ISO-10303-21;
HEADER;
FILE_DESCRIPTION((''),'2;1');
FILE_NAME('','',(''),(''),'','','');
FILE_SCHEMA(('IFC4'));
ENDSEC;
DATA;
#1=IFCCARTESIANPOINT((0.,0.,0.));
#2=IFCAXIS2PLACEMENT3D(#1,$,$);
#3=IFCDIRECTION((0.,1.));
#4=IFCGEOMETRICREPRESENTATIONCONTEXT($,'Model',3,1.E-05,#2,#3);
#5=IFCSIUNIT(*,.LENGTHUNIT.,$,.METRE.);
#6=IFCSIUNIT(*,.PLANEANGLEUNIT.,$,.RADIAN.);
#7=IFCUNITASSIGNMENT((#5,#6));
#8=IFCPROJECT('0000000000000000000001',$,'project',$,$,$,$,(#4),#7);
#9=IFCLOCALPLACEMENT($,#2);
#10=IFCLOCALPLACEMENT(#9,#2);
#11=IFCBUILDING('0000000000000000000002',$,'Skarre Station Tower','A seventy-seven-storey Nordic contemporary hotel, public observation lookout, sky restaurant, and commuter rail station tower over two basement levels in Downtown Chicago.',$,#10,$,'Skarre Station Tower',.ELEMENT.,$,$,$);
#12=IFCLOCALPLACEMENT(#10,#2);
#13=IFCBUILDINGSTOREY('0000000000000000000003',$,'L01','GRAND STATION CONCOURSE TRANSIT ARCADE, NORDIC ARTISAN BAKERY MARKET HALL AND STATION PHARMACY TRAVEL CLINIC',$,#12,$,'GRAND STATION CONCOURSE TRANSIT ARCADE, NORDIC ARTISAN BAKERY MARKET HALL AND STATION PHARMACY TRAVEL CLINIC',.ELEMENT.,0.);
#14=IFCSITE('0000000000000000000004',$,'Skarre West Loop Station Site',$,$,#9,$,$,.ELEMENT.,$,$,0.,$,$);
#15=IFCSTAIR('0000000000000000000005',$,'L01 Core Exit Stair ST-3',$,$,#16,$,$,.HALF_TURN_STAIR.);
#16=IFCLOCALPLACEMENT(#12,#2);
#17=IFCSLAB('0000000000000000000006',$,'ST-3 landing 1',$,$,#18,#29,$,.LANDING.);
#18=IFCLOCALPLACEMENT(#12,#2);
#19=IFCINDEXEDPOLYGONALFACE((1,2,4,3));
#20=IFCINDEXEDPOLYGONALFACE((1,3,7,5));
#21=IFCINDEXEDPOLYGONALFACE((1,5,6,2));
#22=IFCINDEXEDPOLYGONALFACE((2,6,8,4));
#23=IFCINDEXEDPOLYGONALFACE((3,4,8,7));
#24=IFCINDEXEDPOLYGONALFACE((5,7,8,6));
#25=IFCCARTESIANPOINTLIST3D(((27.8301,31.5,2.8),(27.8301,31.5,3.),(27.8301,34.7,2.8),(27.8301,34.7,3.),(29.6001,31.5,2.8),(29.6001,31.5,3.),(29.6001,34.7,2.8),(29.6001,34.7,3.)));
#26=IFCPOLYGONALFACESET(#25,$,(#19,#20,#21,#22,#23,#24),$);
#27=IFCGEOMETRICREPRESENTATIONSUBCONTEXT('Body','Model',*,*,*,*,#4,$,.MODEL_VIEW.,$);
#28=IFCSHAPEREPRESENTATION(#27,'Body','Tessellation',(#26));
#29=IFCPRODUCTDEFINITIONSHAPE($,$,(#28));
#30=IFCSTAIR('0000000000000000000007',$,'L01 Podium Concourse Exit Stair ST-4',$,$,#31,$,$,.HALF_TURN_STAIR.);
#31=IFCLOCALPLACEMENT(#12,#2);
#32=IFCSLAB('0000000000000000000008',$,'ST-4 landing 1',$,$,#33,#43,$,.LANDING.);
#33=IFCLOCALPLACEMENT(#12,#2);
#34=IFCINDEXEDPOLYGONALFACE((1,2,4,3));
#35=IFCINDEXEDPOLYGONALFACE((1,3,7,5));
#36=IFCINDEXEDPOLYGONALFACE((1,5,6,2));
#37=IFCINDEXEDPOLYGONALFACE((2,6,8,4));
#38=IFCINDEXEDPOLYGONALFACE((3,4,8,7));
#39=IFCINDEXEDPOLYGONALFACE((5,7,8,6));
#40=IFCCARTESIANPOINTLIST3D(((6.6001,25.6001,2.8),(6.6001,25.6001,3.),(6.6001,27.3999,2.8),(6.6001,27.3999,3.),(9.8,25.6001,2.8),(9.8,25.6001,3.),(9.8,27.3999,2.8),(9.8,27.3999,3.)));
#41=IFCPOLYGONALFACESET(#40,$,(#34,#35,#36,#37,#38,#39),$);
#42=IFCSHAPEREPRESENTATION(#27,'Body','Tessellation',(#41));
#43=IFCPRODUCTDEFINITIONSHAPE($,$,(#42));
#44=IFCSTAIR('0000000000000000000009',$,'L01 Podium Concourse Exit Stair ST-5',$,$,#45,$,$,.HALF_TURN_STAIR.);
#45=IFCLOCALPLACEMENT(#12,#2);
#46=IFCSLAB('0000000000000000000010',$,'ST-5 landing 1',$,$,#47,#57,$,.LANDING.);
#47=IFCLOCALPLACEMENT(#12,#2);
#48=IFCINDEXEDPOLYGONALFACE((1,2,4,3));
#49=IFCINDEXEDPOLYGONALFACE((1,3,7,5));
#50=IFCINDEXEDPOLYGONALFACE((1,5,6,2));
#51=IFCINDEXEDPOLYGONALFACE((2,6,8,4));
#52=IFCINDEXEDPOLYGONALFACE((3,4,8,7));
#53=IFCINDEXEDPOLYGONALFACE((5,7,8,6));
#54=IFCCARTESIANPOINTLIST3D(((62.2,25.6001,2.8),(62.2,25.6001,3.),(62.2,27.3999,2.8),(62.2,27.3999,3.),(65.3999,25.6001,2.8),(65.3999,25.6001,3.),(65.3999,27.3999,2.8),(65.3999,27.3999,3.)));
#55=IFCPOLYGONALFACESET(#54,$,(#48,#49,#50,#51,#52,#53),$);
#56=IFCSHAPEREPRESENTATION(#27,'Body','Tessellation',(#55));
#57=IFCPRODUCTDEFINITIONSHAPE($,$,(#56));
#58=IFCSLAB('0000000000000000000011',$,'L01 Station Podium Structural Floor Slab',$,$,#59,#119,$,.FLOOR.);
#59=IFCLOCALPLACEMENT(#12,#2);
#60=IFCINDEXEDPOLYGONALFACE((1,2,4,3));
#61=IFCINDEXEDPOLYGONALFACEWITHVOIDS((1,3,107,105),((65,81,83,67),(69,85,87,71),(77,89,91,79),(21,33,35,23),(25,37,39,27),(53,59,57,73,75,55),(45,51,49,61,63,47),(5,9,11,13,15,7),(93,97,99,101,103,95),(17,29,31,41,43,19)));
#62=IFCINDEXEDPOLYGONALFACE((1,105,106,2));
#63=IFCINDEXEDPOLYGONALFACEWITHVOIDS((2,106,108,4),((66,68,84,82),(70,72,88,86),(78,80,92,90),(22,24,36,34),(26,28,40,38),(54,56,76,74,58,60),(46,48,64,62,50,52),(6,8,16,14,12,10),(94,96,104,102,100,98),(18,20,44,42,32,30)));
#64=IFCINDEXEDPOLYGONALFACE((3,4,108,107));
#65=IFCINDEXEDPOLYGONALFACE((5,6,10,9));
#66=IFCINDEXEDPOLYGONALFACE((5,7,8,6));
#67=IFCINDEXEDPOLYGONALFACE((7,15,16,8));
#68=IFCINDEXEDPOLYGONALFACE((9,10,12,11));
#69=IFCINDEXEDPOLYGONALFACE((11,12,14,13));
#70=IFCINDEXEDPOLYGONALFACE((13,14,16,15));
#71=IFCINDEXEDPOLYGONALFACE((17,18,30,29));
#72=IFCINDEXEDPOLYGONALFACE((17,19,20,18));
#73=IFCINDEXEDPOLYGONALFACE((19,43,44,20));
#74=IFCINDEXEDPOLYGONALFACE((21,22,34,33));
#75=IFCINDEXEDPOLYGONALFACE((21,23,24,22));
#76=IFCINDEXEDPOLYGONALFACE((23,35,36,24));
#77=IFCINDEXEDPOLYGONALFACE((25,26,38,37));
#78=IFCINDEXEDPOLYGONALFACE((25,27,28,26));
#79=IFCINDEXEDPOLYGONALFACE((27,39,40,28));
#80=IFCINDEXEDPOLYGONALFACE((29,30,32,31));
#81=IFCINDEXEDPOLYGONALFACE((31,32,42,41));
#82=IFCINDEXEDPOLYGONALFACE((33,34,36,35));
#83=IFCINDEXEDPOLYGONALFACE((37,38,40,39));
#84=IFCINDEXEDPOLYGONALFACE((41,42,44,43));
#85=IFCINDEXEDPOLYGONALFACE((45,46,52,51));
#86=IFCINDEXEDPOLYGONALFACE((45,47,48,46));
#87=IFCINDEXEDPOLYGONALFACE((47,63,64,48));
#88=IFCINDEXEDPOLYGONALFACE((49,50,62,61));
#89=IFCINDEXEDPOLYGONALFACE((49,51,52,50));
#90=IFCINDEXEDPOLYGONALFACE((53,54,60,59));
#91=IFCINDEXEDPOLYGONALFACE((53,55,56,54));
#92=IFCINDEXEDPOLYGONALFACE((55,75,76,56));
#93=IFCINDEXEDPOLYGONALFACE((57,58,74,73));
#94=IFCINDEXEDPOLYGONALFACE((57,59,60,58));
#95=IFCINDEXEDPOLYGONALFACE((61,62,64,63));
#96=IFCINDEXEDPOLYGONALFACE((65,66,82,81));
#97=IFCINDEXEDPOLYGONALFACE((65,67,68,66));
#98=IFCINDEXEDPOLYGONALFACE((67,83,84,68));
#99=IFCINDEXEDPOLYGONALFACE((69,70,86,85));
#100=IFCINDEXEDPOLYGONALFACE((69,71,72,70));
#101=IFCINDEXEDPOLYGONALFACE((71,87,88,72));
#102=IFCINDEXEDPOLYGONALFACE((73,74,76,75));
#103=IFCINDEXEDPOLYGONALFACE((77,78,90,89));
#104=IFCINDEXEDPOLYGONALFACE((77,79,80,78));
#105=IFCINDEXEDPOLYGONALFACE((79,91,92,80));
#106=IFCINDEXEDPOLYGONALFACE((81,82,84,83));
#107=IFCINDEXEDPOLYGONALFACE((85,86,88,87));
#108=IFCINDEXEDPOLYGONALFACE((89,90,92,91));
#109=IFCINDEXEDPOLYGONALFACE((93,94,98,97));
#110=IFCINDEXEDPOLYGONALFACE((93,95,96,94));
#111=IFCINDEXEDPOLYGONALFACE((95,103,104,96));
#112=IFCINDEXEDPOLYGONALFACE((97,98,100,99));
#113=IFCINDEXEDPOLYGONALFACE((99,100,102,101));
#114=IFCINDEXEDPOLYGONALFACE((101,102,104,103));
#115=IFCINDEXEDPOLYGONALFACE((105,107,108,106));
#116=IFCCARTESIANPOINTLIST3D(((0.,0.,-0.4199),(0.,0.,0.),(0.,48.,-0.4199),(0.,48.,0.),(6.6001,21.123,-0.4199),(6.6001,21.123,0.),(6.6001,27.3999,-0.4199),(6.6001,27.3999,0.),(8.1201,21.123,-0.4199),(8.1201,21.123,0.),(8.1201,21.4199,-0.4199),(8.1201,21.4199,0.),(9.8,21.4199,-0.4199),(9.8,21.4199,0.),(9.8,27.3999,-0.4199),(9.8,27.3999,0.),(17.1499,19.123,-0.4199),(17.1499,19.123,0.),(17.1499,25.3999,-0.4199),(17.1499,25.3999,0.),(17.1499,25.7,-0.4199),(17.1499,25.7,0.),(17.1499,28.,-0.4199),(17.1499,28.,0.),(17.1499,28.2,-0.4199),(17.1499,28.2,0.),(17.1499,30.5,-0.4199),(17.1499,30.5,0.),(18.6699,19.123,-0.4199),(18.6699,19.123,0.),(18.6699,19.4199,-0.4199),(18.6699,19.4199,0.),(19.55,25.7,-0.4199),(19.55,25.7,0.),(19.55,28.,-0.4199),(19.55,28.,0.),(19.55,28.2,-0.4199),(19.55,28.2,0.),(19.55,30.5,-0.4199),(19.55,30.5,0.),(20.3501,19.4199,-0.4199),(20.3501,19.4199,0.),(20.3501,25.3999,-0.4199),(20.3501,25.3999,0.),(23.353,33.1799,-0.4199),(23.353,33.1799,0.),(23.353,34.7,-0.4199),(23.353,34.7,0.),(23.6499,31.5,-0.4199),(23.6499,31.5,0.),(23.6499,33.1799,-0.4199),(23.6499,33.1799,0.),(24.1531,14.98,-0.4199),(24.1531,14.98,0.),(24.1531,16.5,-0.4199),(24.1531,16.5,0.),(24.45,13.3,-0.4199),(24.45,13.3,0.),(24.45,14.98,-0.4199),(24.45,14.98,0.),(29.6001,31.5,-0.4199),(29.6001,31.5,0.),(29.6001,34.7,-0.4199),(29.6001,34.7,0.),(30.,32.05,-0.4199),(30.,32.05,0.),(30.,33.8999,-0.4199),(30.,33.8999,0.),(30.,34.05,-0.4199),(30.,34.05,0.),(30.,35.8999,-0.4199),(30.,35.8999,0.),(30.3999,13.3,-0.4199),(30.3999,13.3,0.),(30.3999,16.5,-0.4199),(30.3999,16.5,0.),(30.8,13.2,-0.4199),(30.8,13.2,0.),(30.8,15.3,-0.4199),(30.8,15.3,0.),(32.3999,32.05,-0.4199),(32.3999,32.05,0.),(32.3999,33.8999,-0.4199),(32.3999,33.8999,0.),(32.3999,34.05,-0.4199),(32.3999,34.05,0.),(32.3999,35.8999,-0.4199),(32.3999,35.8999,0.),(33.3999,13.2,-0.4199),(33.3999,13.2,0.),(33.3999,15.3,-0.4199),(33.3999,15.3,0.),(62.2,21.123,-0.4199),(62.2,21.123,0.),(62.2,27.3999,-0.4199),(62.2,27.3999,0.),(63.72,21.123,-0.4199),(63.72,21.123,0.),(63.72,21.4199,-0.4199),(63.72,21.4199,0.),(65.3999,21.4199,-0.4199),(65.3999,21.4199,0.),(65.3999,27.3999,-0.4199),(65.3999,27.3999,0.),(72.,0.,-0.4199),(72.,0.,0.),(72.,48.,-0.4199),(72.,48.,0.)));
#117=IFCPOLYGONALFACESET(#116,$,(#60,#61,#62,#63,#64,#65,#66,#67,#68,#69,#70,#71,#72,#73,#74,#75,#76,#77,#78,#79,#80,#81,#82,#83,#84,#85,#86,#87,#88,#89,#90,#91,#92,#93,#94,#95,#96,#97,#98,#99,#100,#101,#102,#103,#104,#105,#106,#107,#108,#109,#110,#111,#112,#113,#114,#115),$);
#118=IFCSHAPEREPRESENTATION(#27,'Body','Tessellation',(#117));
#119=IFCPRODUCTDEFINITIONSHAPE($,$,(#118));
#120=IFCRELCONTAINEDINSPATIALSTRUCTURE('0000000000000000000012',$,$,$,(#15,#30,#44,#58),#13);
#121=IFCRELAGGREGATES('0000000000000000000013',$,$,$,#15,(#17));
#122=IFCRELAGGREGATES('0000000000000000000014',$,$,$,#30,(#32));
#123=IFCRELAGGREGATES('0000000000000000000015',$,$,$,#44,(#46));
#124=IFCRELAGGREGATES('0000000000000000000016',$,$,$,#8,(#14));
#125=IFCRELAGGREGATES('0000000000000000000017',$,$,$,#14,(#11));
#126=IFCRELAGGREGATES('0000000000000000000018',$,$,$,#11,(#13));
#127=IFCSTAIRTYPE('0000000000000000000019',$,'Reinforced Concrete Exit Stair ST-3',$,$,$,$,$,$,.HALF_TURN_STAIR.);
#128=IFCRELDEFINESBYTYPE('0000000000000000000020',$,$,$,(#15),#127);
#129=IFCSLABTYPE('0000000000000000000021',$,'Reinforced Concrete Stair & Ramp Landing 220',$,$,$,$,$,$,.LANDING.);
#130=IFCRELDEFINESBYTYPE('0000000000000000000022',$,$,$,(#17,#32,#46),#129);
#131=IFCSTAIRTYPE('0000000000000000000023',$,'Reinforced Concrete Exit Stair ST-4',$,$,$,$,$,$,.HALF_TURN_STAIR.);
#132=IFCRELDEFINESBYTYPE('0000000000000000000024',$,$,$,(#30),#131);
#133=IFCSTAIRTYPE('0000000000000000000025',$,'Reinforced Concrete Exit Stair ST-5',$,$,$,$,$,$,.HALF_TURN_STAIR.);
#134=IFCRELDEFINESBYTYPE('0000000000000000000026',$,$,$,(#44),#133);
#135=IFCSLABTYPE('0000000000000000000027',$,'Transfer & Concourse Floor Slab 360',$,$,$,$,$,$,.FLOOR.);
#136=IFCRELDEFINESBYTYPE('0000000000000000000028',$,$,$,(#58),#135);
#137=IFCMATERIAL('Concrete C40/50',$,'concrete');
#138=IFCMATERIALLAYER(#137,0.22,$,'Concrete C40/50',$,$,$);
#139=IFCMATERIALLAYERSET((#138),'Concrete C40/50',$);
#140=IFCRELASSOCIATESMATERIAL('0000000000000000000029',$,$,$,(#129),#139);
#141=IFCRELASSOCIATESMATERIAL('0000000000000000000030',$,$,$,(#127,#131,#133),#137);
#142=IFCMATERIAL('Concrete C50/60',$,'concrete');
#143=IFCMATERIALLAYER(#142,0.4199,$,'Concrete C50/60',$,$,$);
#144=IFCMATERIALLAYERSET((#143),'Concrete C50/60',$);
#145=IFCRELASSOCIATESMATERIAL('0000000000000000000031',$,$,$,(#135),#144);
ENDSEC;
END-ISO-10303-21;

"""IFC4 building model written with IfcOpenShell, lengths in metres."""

from ifc_helpers import new_model, si_unit, direction, frame, origin, place, context, subcontext, project, spatial, polyline, outline, extrude, material, layer, layer_set, type_object, element, aggregate, save


model = new_model("IFC4")

# Units and contexts
model_context = context("Model", 3, precision=1e-05, world=origin(), true_north=direction((0.0, 1.0)))
body_context = subcontext(model_context, "Body", "Model", "MODEL_VIEW")
ifc_project = project(units=[si_unit("LENGTHUNIT", "METRE"), si_unit("PLANEANGLEUNIT", "RADIAN")], contexts=[model_context])

# Site, building, storey
site_placement = place(None, origin())
site = spatial("IfcSite", under=ifc_project, at=site_placement, Name="Skarre West Loop Station Site", CompositionType="ELEMENT", RefElevation=0.0)
building_placement = place(site_placement, origin())
building = spatial("IfcBuilding", under=site, at=building_placement, Name="Skarre Station Tower", Description="A seventy-seven-storey Nordic contemporary hotel, public observation lookout, sky restaurant, and commuter rail station tower over two basement levels in Downtown Chicago.", LongName="Skarre Station Tower", CompositionType="ELEMENT")
storey_placement = place(building_placement, origin())
storey = spatial("IfcBuildingStorey", under=building, at=storey_placement, Name="L01", Description="GRAND STATION CONCOURSE TRANSIT ARCADE, NORDIC ARTISAN BAKERY MARKET HALL AND STATION PHARMACY TRAVEL CLINIC", LongName="GRAND STATION CONCOURSE TRANSIT ARCADE, NORDIC ARTISAN BAKERY MARKET HALL AND STATION PHARMACY TRAVEL CLINIC", CompositionType="ELEMENT", Elevation=0.0)

# Shared definitions
ifc_material_1 = material(Name="Concrete C50/60", Category="concrete")

# Stairs, slabs
ifc_material_2 = material(Name="Concrete C40/50", Category="concrete")
ifc_layer_1 = layer(ifc_material_2, 0.22, Name="Concrete C40/50")
ifc_layer_set_1 = layer_set([ifc_layer_1], Name="Concrete C40/50")
slab_type_1 = type_object("IfcSlabType", Name="Reinforced Concrete Stair & Ramp Landing 220", PredefinedType="LANDING", material=ifc_layer_set_1)
stair_type_1 = type_object("IfcStairType", Name="Reinforced Concrete Exit Stair ST-3", PredefinedType="HALF_TURN_STAIR", material=ifc_material_2)
stair_1_placement = place(storey_placement, origin())
stair_1 = element("IfcStair", 1, at=stair_1_placement, inside=storey, type_object=stair_type_1, Name="L01 Core Exit Stair ST-3", PredefinedType="HALF_TURN_STAIR")
slab_1_placement = place(storey_placement, frame((0.0, 0.0, 2.8)))
slab_1 = element("IfcSlab", 2, at=slab_1_placement, type_object=slab_type_1, Name="ST-3 landing 1", PredefinedType="LANDING", context=body_context, shape_type="SweptSolid", body=[
    extrude(outline(polyline([(27.8301, 31.5), (29.6001, 31.5), (29.6001, 34.7), (27.8301, 34.7), (27.8301, 31.5)])), origin(), (0.0, 0.0, 1.0), 0.2),
])
aggregate(stair_1, [slab_1])
stair_type_2 = type_object("IfcStairType", Name="Reinforced Concrete Exit Stair ST-4", PredefinedType="HALF_TURN_STAIR", material=ifc_material_2)
stair_2_placement = place(storey_placement, origin())
stair_2 = element("IfcStair", 3, at=stair_2_placement, inside=storey, type_object=stair_type_2, Name="L01 Podium Concourse Exit Stair ST-4", PredefinedType="HALF_TURN_STAIR")
slab_2_placement = place(storey_placement, frame((0.0, 0.0, 2.8)))
slab_2 = element("IfcSlab", 4, at=slab_2_placement, type_object=slab_type_1, Name="ST-4 landing 1", PredefinedType="LANDING", context=body_context, shape_type="SweptSolid", body=[
    extrude(outline(polyline([(9.8, 25.6001), (9.8, 27.3999), (6.6001, 27.3999), (6.6001, 25.6001), (9.8, 25.6001)])), origin(), (0.0, 0.0, 1.0), 0.2),
])
aggregate(stair_2, [slab_2])
stair_type_3 = type_object("IfcStairType", Name="Reinforced Concrete Exit Stair ST-5", PredefinedType="HALF_TURN_STAIR", material=ifc_material_2)
stair_3_placement = place(storey_placement, origin())
stair_3 = element("IfcStair", 5, at=stair_3_placement, inside=storey, type_object=stair_type_3, Name="L01 Podium Concourse Exit Stair ST-5", PredefinedType="HALF_TURN_STAIR")
slab_3_placement = place(storey_placement, frame((0.0, 0.0, 2.8)))
slab_3 = element("IfcSlab", 6, at=slab_3_placement, type_object=slab_type_1, Name="ST-5 landing 1", PredefinedType="LANDING", context=body_context, shape_type="SweptSolid", body=[
    extrude(outline(polyline([(65.3999, 25.6001), (65.3999, 27.3999), (62.2, 27.3999), (62.2, 25.6001), (65.3999, 25.6001)])), origin(), (0.0, 0.0, 1.0), 0.2),
])
aggregate(stair_3, [slab_3])

# Slab
ifc_layer_2 = layer(ifc_material_1, 0.4199, Name="Concrete C50/60")
ifc_layer_set_2 = layer_set([ifc_layer_2], Name="Concrete C50/60")
slab_type_2 = type_object("IfcSlabType", Name="Transfer & Concourse Floor Slab 360", PredefinedType="FLOOR", material=ifc_layer_set_2)
slab_4_placement = place(storey_placement, frame((0.0, 0.0, -0.4199)))
element("IfcSlab", 7, at=slab_4_placement, inside=storey, type_object=slab_type_2, Name="L01 Station Podium Structural Floor Slab", PredefinedType="FLOOR", context=body_context, shape_type="SweptSolid", body=[
    extrude(outline(polyline([(0.0, 0.0), (72.0, 0.0), (72.0, 48.0), (0.0, 48.0), (0.0, 0.0)]), holes=[polyline([(18.6699, 19.4199), (18.6699, 19.123), (17.1499, 19.123), (17.1499, 25.3999), (20.3501, 25.3999), (20.3501, 19.4199), (18.6699, 19.4199)]), polyline([(24.45, 14.98), (24.1531, 14.98), (24.1531, 16.5), (30.3999, 16.5), (30.3999, 13.3), (24.45, 13.3), (24.45, 14.98)]), polyline([(23.6499, 33.1799), (23.353, 33.1799), (23.353, 34.7), (29.6001, 34.7), (29.6001, 31.5), (23.6499, 31.5), (23.6499, 33.1799)]), polyline([(8.1201, 21.4199), (8.1201, 21.123), (6.6001, 21.123), (6.6001, 27.3999), (9.8, 27.3999), (9.8, 21.4199), (8.1201, 21.4199)]), polyline([(63.72, 21.4199), (63.72, 21.123), (62.2, 21.123), (62.2, 27.3999), (65.3999, 27.3999), (65.3999, 21.4199), (63.72, 21.4199)]), polyline([(17.1499, 28.0), (19.55, 28.0), (19.55, 25.7), (17.1499, 25.7), (17.1499, 28.0)]), polyline([(17.1499, 30.5), (19.55, 30.5), (19.55, 28.2), (17.1499, 28.2), (17.1499, 30.5)]), polyline([(30.8, 15.3), (33.3999, 15.3), (33.3999, 13.2), (30.8, 13.2), (30.8, 15.3)]), polyline([(30.0, 33.8999), (32.3999, 33.8999), (32.3999, 32.05), (30.0, 32.05), (30.0, 33.8999)]), polyline([(30.0, 35.8999), (32.3999, 35.8999), (32.3999, 34.05), (30.0, 34.05), (30.0, 35.8999)])]), origin(), (0.0, 0.0, 1.0), 0.4199),
])

save(model, "model.ifc")
